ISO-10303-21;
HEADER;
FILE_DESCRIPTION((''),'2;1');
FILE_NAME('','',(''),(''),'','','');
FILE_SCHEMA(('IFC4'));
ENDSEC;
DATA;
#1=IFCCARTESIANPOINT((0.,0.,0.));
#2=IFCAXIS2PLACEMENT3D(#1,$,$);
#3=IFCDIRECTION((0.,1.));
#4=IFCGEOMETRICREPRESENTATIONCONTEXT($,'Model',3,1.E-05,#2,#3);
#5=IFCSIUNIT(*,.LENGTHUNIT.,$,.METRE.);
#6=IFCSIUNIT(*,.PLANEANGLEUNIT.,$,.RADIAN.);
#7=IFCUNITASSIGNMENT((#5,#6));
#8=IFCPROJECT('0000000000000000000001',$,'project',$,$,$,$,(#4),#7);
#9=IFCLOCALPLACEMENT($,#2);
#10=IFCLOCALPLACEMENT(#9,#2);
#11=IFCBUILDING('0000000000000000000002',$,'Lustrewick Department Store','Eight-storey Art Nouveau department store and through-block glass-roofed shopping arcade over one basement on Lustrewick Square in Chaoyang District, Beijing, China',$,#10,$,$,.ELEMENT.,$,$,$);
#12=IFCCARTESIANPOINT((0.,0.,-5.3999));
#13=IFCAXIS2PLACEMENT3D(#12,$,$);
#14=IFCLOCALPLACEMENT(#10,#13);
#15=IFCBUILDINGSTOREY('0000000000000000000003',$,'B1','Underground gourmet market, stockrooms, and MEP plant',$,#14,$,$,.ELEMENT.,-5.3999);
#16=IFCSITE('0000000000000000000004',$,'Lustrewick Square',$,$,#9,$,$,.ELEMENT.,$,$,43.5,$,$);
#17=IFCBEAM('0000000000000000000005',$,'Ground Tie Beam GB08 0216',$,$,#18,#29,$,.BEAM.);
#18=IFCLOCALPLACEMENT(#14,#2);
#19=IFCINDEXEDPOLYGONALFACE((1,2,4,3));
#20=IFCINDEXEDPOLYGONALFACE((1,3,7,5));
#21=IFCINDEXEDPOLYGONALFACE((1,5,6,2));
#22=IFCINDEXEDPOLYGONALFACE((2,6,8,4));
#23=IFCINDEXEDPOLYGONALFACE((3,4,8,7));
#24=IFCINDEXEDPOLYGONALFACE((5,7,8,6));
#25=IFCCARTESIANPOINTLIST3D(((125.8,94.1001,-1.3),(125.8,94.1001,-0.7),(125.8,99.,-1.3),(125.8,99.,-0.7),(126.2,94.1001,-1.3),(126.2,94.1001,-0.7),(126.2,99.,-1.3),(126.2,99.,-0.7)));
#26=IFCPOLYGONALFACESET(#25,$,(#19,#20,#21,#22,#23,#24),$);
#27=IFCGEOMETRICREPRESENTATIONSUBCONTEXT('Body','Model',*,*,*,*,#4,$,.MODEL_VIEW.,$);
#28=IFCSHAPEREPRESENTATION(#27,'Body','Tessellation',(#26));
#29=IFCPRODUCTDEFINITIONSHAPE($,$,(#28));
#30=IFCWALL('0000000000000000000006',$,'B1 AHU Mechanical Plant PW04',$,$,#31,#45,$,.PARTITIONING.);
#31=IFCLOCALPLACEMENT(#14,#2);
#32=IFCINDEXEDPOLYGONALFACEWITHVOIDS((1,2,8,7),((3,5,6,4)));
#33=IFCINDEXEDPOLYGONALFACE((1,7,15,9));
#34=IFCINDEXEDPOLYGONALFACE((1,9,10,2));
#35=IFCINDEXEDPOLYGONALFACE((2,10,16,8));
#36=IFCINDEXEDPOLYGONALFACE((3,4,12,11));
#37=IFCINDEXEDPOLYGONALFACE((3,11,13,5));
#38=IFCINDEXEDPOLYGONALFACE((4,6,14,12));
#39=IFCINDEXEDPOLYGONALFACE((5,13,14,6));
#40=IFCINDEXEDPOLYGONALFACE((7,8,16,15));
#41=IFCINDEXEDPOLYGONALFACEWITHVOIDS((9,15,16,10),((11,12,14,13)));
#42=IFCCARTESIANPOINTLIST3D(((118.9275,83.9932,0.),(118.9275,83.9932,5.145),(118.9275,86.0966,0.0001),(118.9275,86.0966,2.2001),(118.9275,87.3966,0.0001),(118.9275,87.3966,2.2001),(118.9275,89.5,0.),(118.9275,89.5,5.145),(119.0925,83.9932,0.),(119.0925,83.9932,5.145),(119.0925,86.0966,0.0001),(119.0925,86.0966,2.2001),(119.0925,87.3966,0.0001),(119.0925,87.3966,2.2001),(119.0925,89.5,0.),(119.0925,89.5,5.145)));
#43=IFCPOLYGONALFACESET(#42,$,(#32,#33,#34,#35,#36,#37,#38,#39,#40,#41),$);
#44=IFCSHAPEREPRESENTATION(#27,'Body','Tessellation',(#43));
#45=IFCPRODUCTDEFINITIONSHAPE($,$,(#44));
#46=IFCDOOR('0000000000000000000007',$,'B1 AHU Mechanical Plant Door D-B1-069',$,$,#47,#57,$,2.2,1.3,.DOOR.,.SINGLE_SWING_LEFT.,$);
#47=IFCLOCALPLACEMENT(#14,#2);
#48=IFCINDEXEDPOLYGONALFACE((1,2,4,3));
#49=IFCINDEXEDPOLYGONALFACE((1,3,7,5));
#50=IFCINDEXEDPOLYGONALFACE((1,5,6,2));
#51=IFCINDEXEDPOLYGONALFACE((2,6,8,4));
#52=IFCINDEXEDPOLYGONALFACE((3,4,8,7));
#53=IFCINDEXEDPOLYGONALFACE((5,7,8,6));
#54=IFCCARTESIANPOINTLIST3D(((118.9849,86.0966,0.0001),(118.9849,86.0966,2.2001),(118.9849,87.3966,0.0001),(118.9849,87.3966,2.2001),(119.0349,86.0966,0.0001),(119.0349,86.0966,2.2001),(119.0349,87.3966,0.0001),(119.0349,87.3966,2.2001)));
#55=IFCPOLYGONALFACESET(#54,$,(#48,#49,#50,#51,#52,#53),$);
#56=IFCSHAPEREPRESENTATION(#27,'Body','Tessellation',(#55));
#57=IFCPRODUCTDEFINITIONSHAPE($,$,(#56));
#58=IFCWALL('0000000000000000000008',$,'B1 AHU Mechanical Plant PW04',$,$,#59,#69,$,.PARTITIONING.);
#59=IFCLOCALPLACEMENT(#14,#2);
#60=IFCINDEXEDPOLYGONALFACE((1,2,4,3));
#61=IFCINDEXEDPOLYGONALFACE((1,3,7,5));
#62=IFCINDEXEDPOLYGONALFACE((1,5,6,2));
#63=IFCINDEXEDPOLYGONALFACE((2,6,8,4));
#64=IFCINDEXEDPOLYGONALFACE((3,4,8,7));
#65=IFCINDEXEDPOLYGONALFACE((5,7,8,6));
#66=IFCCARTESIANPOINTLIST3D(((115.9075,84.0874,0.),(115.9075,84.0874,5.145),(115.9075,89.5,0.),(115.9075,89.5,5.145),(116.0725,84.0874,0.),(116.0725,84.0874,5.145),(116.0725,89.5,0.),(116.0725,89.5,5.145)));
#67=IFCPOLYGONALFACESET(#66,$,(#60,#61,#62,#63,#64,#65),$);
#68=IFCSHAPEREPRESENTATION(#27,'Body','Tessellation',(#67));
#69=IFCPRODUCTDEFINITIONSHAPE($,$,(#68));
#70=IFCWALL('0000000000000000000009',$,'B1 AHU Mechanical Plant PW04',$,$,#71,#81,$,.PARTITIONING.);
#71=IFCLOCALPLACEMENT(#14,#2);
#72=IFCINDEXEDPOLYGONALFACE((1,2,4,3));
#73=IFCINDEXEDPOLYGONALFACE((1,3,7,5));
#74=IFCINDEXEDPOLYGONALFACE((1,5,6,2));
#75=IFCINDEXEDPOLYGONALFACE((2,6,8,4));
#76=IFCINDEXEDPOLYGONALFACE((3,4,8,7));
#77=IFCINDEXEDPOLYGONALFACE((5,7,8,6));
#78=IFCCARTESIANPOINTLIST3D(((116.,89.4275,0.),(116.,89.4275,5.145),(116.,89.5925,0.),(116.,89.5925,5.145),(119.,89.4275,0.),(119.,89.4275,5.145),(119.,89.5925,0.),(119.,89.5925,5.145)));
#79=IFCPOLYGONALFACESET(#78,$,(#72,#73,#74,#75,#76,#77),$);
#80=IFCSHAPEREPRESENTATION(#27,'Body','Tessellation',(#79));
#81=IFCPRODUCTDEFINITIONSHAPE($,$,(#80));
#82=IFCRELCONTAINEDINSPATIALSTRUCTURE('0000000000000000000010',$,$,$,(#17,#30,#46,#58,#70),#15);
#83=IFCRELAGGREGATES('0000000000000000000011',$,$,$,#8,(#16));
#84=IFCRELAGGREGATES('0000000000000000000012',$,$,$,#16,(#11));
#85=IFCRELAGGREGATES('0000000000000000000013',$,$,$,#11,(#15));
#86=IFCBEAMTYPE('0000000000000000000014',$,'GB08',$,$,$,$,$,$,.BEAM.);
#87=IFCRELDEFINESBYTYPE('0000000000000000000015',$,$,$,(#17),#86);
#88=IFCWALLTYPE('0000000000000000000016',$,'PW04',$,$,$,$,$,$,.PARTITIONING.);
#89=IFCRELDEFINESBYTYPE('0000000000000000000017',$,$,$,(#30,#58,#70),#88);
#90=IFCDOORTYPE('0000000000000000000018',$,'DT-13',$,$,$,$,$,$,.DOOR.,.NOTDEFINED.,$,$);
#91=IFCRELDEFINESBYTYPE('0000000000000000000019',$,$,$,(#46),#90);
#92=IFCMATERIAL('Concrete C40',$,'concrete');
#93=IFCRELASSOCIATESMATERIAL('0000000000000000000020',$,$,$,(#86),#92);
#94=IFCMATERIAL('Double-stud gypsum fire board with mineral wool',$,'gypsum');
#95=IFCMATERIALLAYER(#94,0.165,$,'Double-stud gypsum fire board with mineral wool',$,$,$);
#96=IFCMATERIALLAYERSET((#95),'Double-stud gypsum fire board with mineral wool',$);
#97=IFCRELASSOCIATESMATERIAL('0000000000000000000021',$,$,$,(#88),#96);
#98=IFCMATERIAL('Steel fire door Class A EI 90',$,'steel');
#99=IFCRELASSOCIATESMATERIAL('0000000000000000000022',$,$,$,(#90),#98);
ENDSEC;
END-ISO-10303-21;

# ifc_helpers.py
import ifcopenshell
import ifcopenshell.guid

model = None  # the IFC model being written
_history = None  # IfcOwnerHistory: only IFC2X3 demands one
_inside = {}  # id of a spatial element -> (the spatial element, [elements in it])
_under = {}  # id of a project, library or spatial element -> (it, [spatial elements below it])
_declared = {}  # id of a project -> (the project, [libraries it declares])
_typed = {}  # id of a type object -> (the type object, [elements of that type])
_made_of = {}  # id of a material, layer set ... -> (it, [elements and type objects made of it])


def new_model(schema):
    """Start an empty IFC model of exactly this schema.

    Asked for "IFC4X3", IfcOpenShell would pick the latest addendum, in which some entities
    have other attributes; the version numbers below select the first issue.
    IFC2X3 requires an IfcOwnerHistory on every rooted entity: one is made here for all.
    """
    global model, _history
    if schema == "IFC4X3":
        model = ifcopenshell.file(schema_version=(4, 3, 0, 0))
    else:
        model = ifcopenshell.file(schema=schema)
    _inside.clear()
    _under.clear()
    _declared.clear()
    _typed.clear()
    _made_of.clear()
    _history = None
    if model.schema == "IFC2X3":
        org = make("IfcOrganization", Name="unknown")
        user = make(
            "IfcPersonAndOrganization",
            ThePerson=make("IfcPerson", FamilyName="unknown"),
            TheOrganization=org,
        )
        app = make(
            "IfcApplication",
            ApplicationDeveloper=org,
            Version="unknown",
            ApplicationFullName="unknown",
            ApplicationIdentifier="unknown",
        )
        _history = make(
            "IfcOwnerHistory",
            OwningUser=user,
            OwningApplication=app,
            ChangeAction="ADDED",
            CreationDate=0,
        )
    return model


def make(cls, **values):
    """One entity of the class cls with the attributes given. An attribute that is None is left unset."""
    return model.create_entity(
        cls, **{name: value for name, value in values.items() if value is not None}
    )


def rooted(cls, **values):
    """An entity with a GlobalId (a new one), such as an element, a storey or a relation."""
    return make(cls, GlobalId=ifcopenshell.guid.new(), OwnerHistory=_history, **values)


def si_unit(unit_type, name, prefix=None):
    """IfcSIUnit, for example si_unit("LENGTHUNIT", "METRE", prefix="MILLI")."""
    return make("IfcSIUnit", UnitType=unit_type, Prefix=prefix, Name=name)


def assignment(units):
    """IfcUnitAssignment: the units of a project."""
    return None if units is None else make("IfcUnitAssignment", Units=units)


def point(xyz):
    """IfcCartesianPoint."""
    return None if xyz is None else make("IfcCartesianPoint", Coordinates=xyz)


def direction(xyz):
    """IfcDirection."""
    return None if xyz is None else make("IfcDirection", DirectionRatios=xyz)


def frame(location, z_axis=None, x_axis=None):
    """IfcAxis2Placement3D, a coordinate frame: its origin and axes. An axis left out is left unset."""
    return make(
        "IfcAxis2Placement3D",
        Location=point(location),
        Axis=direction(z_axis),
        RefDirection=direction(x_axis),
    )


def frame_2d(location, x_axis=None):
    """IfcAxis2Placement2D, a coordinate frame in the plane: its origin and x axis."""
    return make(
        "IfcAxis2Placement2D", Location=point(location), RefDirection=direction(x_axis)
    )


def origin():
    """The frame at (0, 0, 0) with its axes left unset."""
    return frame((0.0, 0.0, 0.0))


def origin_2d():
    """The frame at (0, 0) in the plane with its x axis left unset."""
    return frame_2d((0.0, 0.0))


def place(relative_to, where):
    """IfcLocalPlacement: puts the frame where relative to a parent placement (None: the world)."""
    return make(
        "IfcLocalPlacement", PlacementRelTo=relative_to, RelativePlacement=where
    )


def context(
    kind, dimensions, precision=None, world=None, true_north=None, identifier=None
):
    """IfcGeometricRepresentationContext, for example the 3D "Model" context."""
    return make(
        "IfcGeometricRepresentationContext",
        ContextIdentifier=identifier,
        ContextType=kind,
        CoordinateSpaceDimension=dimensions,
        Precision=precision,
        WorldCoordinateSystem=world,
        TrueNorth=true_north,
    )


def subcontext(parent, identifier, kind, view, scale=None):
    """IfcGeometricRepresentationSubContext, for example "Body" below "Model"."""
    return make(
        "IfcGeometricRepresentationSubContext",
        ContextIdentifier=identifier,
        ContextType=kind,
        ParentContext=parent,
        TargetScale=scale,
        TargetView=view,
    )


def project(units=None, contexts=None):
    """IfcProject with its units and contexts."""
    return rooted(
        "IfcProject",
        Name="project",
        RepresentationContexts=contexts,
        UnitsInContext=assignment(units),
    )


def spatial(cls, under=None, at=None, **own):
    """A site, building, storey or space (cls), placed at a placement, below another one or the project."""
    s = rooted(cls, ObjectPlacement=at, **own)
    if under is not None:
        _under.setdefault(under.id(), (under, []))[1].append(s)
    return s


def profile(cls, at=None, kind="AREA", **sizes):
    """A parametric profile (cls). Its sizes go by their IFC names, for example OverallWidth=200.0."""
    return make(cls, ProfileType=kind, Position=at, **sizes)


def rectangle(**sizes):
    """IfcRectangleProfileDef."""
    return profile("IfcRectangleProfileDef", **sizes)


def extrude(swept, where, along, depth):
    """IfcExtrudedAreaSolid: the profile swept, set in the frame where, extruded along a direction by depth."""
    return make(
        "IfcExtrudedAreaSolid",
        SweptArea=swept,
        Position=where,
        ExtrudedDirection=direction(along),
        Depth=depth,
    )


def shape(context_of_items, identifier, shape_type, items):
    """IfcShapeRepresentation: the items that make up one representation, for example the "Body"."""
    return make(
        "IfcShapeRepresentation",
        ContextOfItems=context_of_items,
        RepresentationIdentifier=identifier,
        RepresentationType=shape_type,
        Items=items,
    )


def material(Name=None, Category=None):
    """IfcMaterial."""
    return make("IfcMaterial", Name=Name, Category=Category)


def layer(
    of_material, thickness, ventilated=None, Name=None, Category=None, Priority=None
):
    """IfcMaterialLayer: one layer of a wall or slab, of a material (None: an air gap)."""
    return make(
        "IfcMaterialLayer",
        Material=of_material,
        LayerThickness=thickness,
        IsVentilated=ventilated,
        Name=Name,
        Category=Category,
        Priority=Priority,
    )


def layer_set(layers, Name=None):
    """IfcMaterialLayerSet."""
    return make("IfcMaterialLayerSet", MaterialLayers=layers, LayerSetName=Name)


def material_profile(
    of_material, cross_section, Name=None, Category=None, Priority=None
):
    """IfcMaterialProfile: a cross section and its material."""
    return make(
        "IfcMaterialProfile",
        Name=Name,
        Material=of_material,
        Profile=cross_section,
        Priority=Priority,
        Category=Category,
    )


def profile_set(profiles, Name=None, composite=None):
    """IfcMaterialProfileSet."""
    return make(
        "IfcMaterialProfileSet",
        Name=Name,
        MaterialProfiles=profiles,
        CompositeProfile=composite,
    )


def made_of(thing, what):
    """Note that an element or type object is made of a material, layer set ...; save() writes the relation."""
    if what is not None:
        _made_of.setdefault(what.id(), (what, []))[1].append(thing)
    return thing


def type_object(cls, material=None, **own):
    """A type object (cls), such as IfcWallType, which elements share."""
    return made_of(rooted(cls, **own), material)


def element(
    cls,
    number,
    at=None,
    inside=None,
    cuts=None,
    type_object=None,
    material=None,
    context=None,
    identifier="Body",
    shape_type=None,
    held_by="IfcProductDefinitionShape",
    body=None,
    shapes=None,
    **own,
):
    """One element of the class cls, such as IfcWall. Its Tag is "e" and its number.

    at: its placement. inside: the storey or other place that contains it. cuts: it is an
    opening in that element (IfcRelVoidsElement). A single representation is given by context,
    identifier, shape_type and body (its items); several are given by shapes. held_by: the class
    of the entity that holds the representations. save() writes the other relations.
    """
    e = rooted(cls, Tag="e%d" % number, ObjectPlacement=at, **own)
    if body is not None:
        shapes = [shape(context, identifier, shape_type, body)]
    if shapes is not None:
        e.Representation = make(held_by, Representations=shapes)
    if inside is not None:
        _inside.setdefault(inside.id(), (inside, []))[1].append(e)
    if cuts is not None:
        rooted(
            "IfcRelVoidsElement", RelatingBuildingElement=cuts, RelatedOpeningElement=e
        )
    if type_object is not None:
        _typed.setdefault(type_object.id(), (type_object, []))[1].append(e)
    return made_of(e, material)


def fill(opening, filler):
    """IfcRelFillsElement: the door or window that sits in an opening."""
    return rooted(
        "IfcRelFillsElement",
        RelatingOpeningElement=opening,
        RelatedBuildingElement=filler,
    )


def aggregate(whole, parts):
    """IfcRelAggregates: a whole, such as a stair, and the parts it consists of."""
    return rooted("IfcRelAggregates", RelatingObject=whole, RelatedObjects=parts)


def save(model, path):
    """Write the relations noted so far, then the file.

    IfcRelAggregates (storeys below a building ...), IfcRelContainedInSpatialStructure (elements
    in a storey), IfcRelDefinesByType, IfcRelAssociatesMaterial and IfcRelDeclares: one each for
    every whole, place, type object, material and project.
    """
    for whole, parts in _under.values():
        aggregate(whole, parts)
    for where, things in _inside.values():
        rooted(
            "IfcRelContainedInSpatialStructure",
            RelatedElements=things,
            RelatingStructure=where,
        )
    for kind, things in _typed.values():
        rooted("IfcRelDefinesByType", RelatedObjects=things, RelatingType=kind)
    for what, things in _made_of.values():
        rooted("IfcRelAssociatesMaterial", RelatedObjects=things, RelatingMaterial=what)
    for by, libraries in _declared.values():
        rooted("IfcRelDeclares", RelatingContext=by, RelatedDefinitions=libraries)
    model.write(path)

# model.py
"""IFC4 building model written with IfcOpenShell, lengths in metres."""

from ifc_helpers import new_model, si_unit, direction, frame, frame_2d, origin, origin_2d, place, context, subcontext, project, spatial, rectangle, extrude, material, layer, layer_set, material_profile, profile_set, type_object, element, fill, save


model = new_model("IFC4")

# Units and contexts
model_context = context("Model", 3, precision=1e-05, world=origin(), true_north=direction((0.0, 1.0)))
body_context = subcontext(model_context, "Body", "Model", "MODEL_VIEW")
ifc_project = project(units=[si_unit("LENGTHUNIT", "METRE"), si_unit("PLANEANGLEUNIT", "RADIAN")], contexts=[model_context])

# Site, building, storey
site_placement = place(None, origin())
site = spatial("IfcSite", under=ifc_project, at=site_placement, Name="Lustrewick Square", CompositionType="ELEMENT", RefElevation=43.5)
building_placement = place(site_placement, origin())
building = spatial("IfcBuilding", under=site, at=building_placement, Name="Lustrewick Department Store", Description="Eight-storey Art Nouveau department store and through-block glass-roofed shopping arcade over one basement on Lustrewick Square in Chaoyang District, Beijing, China", CompositionType="ELEMENT")
storey_placement = place(building_placement, frame((0.0, 0.0, -5.3999)))
storey = spatial("IfcBuildingStorey", under=building, at=storey_placement, Name="B1", Description="Underground gourmet market, stockrooms, and MEP plant", CompositionType="ELEMENT", Elevation=-5.3999)

# Shared definitions
ifc_material_1 = material(Name="Concrete C40", Category="concrete")

# Beam
ifc_material_profile_1 = material_profile(ifc_material_1, rectangle(XDim=0.3999, YDim=0.6001, at=origin_2d()), Name="RC 400x600")
ifc_profile_set_1 = profile_set([ifc_material_profile_1], Name="Concrete C40")
beam_type_1 = type_object("IfcBeamType", Name="GB08", PredefinedType="BEAM", material=ifc_profile_set_1)
beam_1_placement = place(storey_placement, frame((126.0, 94.1001, -1.0), z_axis=(0.0, 1.0, 0.0), x_axis=(-1.0, 0.0, 0.0)))
element("IfcBeam", 1, at=beam_1_placement, inside=storey, type_object=beam_type_1, Name="Ground Tie Beam GB08 0216", PredefinedType="BEAM", context=body_context, shape_type="SweptSolid", body=[
    extrude(rectangle(XDim=0.3999, YDim=0.6001, at=origin_2d()), origin(), (0.0, 0.0, 1.0), 4.8999),
])

# Shared definitions
ifc_material_2 = material(Name="Double-stud gypsum fire board with mineral wool", Category="gypsum")
ifc_layer = layer(ifc_material_2, 0.165, Name="Double-stud gypsum fire board with mineral wool")
ifc_layer_set = layer_set([ifc_layer], Name="Double-stud gypsum fire board with mineral wool")
wall_type = type_object("IfcWallType", Name="PW04", PredefinedType="PARTITIONING", material=ifc_layer_set)

# Wall, opening, door
wall_1_placement = place(storey_placement, frame((119.01, 89.5, 0.0), z_axis=(0.0, 0.0, 1.0), x_axis=(0.0, -1.0, 0.0)))
wall_1 = element("IfcWall", 2, at=wall_1_placement, inside=storey, type_object=wall_type, Name="B1 AHU Mechanical Plant PW04", PredefinedType="PARTITIONING", context=body_context, shape_type="SweptSolid", body=[
    extrude(rectangle(XDim=5.5068, YDim=0.165, at=frame_2d((2.7534, 0.0))), origin(), (0.0, 0.0, 1.0), 5.145),
])
opening_placement = place(wall_1_placement, frame((2.1035, 0.0, 0.0)))
opening = element("IfcOpeningElement", 3, at=opening_placement, cuts=wall_1, PredefinedType="OPENING", context=body_context, shape_type="SweptSolid", body=[
    extrude(rectangle(XDim=1.3, YDim=2.2, at=frame_2d((0.6499, 1.1001))), frame((0.0, 0.0925, 0.0), z_axis=(0.0, -1.0, 0.0), x_axis=(1.0, 0.0, 0.0)), (0.0, 0.0, 1.0), 0.1851),
])
ifc_material_3 = material(Name="Steel fire door Class A EI 90", Category="steel")
door_type = type_object("IfcDoorType", Name="DT-13", OperationType="NOTDEFINED", PredefinedType="DOOR", material=ifc_material_3)
door_placement = place(opening_placement, origin())
door = element("IfcDoor", 4, at=door_placement, inside=storey, type_object=door_type, Name="B1 AHU Mechanical Plant Door D-B1-069", OperationType="SINGLE_SWING_LEFT", OverallHeight=2.2, OverallWidth=1.3, PredefinedType="DOOR", context=body_context, shape_type="SweptSolid", body=[
    extrude(rectangle(XDim=1.3, YDim=2.2, at=frame_2d((0.6499, 1.1001))), frame((0.0, 0.0249, 0.0), z_axis=(0.0, -1.0, 0.0), x_axis=(1.0, 0.0, 0.0)), (0.0, 0.0, 1.0), 0.05),
])
fill(opening, door)

# Walls
wall_2_placement = place(storey_placement, frame((115.99, 84.0874, 0.0), z_axis=(0.0, 0.0, 1.0), x_axis=(0.0, 1.0, 0.0)))
element("IfcWall", 5, at=wall_2_placement, inside=storey, type_object=wall_type, Name="B1 AHU Mechanical Plant PW04", PredefinedType="PARTITIONING", context=body_context, shape_type="SweptSolid", body=[
    extrude(rectangle(XDim=5.4126, YDim=0.165, at=frame_2d((2.7063, 0.0))), origin(), (0.0, 0.0, 1.0), 5.145),
])
wall_3_placement = place(storey_placement, frame((116.0, 89.51, 0.0), z_axis=(0.0, 0.0, 1.0), x_axis=(1.0, 0.0, 0.0)))
element("IfcWall", 6, at=wall_3_placement, inside=storey, type_object=wall_type, Name="B1 AHU Mechanical Plant PW04", PredefinedType="PARTITIONING", context=body_context, shape_type="SweptSolid", body=[
    extrude(rectangle(XDim=3.0, YDim=0.165, at=frame_2d((1.5, 0.0))), origin(), (0.0, 0.0, 1.0), 5.145),
])

save(model, "model.ifc")
